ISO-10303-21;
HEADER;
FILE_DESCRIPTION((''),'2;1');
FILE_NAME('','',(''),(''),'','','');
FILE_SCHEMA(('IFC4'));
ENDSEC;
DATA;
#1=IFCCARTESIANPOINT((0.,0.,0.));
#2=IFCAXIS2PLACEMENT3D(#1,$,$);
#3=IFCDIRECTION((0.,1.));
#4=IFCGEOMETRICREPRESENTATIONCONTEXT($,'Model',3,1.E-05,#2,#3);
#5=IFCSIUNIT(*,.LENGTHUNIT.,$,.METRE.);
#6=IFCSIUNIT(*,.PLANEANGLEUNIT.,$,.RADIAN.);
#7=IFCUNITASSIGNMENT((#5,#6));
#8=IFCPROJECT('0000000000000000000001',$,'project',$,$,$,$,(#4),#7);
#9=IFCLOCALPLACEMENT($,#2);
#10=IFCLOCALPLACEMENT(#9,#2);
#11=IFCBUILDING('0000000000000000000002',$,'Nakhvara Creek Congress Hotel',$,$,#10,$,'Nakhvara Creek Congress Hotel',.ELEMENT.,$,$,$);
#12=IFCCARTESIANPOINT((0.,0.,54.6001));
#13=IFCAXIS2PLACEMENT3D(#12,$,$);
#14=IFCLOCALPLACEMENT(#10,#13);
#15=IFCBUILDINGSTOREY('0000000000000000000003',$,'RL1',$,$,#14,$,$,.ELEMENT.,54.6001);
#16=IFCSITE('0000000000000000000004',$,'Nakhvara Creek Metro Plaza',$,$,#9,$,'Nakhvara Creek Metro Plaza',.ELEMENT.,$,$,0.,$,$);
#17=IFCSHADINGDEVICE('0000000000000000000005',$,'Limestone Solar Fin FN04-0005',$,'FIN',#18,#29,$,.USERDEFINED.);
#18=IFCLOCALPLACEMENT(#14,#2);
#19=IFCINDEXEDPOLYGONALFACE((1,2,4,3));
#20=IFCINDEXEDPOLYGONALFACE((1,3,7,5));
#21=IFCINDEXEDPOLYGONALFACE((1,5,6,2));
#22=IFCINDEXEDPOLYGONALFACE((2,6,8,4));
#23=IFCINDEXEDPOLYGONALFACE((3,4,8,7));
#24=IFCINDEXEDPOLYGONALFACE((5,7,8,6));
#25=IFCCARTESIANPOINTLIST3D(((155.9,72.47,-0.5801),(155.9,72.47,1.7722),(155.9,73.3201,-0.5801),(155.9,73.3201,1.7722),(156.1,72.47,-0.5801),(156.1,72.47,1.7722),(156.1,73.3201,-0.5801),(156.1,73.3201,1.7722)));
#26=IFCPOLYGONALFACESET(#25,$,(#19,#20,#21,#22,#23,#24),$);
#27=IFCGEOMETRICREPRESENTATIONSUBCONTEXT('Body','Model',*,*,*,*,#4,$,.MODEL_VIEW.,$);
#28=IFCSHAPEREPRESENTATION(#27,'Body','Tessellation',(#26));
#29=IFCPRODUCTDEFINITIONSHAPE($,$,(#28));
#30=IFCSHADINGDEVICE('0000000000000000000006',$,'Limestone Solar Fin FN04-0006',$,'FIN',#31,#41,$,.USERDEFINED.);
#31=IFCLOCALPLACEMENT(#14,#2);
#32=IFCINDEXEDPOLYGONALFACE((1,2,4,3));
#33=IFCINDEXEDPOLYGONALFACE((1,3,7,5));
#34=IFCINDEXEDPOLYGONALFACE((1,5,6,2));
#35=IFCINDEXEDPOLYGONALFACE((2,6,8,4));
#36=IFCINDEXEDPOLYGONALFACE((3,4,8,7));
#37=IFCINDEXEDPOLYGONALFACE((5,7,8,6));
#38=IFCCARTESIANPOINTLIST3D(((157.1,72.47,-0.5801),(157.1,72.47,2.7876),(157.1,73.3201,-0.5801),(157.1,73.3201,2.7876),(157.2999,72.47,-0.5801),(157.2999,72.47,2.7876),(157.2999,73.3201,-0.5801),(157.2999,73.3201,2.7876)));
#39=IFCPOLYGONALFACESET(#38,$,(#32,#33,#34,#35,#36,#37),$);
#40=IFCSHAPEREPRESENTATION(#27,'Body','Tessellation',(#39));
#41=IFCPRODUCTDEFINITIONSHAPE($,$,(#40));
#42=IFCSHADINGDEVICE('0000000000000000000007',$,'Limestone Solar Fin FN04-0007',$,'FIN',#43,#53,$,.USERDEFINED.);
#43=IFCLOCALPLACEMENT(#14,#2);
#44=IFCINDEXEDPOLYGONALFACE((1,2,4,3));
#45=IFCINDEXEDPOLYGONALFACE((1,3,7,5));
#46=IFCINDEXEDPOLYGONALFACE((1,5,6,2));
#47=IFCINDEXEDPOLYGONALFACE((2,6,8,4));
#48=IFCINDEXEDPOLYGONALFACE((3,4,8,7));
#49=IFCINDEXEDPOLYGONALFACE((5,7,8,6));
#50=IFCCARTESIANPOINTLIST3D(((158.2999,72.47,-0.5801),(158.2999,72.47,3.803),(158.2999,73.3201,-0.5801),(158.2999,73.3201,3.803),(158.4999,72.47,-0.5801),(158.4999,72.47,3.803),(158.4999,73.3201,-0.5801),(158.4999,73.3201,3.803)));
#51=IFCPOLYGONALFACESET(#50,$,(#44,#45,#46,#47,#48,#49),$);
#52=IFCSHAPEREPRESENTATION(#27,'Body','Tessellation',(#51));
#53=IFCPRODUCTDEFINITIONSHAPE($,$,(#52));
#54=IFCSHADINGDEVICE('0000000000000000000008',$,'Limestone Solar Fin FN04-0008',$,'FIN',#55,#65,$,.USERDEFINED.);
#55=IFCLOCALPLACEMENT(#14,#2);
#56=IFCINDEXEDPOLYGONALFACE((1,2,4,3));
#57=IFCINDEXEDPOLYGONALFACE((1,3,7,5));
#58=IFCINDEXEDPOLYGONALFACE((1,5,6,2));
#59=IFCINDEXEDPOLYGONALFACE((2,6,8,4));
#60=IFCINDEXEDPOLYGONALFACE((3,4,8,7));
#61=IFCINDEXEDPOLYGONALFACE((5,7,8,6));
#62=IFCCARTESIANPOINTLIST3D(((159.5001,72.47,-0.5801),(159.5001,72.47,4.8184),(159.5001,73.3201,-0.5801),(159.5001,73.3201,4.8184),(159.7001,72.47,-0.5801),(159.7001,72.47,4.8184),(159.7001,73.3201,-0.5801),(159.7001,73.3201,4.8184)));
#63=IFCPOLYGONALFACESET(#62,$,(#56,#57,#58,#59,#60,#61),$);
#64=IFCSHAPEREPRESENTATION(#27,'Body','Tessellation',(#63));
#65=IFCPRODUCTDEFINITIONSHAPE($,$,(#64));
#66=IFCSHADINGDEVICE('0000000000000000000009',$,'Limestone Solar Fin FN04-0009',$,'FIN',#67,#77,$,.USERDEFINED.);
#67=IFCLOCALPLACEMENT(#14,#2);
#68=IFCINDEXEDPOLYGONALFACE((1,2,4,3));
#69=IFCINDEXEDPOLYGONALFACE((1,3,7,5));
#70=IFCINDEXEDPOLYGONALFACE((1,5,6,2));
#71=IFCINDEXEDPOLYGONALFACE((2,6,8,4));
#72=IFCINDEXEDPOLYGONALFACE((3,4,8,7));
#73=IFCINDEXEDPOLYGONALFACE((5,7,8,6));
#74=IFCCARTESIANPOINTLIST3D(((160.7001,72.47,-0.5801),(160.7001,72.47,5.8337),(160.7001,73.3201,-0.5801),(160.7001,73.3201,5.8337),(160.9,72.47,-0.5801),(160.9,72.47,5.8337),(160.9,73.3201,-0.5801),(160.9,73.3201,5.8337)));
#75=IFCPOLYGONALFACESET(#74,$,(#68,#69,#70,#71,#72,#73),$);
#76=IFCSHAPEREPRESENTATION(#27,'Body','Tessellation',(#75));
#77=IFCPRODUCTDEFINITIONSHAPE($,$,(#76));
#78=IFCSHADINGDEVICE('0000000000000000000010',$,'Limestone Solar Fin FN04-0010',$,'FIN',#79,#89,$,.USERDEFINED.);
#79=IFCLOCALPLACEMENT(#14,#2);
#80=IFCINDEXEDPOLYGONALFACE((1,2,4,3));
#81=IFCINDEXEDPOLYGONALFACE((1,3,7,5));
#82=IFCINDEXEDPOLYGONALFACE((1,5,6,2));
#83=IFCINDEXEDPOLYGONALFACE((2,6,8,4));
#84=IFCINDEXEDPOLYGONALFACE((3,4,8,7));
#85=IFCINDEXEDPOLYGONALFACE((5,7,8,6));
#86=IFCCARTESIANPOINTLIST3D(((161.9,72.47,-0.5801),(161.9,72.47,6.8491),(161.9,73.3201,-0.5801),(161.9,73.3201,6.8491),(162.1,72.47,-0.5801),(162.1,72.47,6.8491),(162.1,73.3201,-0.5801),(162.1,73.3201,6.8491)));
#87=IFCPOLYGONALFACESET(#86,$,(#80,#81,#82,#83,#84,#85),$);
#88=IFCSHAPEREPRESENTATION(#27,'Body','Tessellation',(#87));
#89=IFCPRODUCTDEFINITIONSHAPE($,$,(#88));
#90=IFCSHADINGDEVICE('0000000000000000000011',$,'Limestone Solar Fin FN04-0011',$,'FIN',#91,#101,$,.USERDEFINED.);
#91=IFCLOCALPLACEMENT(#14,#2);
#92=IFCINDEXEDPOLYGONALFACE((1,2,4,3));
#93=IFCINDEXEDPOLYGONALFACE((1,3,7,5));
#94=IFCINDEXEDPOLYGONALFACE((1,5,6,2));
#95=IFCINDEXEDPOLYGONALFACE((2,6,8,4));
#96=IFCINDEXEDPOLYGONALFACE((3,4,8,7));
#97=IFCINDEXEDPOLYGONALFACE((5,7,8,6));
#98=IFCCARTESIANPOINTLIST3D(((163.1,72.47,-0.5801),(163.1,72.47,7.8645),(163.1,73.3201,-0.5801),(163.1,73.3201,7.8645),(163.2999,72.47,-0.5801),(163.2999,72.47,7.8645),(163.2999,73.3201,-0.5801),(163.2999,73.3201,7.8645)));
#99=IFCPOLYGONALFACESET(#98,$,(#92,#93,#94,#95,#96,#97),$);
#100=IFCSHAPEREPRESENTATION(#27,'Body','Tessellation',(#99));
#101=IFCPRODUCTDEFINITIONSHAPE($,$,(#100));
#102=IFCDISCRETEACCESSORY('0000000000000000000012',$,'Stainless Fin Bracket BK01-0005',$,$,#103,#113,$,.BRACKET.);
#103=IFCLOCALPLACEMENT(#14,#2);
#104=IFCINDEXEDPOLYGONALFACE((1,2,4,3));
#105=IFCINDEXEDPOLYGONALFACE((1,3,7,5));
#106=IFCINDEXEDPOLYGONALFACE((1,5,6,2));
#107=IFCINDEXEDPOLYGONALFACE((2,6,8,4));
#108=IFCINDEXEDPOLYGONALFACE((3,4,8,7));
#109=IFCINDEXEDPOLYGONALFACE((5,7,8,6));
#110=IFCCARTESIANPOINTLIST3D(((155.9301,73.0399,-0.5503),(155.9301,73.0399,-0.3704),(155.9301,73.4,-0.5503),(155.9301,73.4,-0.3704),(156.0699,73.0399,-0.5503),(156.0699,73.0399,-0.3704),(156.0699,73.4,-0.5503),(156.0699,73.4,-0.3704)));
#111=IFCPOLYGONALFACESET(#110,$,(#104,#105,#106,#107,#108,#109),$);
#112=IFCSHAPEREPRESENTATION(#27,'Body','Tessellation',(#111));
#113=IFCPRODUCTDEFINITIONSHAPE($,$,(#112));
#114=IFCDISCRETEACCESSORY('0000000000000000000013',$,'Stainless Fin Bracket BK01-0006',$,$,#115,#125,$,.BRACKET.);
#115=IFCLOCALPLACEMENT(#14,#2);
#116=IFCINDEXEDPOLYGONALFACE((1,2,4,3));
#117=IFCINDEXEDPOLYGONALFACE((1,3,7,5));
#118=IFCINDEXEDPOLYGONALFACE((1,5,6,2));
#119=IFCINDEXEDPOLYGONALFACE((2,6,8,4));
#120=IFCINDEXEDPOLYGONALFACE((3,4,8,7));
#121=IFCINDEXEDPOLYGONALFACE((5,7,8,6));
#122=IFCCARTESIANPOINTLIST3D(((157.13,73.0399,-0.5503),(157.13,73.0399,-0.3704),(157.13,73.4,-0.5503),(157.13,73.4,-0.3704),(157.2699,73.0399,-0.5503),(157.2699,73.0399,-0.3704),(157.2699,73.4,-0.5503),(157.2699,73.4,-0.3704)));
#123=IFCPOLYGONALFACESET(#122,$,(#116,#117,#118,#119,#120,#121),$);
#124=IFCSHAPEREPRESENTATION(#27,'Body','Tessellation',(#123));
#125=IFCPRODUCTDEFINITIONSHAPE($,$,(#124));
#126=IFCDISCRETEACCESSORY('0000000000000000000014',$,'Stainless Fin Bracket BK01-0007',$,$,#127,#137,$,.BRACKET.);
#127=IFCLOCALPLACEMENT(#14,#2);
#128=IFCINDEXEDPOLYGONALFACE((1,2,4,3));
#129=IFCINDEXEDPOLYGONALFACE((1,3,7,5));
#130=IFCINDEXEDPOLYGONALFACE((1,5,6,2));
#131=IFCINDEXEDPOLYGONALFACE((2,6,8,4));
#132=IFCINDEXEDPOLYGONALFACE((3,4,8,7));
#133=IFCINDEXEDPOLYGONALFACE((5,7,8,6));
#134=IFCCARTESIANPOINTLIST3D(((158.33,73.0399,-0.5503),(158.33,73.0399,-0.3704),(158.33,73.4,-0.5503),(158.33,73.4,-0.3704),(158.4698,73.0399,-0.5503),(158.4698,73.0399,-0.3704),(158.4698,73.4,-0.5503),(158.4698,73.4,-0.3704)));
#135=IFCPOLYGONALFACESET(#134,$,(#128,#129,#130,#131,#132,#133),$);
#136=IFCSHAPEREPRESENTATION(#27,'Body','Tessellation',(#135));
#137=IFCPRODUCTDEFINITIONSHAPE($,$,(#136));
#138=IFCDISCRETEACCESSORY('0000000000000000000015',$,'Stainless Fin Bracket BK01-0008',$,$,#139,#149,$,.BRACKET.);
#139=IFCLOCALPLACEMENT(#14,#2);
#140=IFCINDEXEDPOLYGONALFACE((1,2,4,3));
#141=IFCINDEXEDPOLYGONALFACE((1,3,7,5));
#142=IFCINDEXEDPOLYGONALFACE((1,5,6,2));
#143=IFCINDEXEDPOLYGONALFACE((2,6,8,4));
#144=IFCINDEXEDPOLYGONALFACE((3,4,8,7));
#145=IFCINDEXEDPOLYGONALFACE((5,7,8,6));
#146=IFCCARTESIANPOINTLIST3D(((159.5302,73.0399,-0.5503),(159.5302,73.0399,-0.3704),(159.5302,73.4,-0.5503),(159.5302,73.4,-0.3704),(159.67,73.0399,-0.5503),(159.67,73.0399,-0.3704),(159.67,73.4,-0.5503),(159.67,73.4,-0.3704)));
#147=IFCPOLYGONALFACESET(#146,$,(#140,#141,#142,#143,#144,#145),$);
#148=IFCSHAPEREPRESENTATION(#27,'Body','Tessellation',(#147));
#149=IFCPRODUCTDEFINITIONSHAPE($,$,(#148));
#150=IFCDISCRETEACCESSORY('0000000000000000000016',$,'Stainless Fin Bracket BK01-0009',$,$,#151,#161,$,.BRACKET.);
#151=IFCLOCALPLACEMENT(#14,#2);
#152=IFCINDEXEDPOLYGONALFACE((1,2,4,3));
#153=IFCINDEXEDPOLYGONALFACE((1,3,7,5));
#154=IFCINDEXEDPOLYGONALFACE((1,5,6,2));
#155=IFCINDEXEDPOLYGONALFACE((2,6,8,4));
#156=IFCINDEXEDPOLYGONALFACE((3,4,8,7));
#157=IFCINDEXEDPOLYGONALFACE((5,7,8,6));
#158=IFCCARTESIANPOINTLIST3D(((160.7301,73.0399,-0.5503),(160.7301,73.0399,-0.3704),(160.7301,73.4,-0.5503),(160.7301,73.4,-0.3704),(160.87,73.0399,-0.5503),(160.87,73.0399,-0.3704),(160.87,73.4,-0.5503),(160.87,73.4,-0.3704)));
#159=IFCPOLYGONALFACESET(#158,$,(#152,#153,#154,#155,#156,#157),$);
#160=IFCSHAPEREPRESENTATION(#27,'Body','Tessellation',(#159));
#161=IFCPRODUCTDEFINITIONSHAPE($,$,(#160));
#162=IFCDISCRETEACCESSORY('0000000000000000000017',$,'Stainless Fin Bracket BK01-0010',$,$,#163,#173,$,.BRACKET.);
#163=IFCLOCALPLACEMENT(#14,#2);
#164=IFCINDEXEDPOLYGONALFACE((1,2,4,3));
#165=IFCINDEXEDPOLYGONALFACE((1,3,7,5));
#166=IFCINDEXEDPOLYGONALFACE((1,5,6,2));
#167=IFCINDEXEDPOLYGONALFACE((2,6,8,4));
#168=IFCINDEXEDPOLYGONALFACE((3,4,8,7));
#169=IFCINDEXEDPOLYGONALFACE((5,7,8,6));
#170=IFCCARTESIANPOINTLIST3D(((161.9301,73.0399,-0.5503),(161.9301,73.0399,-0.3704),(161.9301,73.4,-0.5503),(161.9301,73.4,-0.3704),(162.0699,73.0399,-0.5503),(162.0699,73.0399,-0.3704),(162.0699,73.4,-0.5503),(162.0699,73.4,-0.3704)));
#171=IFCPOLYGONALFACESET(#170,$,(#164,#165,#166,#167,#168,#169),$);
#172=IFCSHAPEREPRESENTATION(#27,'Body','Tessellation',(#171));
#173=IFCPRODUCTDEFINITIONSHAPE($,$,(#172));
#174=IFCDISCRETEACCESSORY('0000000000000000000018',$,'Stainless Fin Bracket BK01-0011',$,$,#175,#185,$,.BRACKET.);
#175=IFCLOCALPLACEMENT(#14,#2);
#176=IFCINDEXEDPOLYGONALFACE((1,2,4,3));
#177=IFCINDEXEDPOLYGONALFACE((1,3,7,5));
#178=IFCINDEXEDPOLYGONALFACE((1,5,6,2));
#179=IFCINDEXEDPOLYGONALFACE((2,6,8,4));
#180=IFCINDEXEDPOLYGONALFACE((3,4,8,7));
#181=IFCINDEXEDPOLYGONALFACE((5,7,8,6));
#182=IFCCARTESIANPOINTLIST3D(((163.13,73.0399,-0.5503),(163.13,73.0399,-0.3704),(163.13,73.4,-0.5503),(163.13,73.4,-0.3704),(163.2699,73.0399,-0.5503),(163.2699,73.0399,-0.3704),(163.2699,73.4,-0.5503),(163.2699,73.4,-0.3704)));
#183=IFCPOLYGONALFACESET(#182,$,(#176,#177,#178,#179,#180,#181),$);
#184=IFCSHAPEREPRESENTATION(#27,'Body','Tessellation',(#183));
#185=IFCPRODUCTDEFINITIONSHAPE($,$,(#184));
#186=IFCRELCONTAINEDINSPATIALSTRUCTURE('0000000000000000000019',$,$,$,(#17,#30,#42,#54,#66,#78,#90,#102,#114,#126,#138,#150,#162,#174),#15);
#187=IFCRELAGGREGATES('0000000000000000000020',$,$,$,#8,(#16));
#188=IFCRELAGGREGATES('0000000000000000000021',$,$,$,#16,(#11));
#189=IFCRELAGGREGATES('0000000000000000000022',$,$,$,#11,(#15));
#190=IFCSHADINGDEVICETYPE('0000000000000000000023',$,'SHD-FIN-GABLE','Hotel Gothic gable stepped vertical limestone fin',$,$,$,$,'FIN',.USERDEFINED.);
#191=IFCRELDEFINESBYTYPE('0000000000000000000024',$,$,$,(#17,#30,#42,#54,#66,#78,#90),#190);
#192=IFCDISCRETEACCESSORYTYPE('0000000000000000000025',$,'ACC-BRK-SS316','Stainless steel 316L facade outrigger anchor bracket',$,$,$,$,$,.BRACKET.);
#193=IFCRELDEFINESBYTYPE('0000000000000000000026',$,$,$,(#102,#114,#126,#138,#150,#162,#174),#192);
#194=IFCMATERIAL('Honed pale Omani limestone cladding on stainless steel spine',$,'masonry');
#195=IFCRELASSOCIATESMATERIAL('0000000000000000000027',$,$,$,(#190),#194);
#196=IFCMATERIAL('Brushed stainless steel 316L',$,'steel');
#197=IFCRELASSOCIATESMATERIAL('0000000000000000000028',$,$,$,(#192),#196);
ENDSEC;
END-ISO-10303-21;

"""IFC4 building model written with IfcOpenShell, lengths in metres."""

from ifc_helpers import new_model, si_unit, direction, frame, origin, origin_2d, place, context, subcontext, project, spatial, rectangle, extrude, material, type_object, element, save


model = new_model("IFC4")

# Units and contexts
model_context = context("Model", 3, precision=1e-05, world=origin(), true_north=direction((0.0, 1.0)))
body_context = subcontext(model_context, "Body", "Model", "MODEL_VIEW")
ifc_project = project(units=[si_unit("LENGTHUNIT", "METRE"), si_unit("PLANEANGLEUNIT", "RADIAN")], contexts=[model_context])

# Site, building, storey
site_placement = place(None, origin())
site = spatial("IfcSite", under=ifc_project, at=site_placement, Name="Nakhvara Creek Metro Plaza", LongName="Nakhvara Creek Metro Plaza", CompositionType="ELEMENT", RefElevation=0.0)
building_placement = place(site_placement, origin())
building = spatial("IfcBuilding", under=site, at=building_placement, Name="Nakhvara Creek Congress Hotel", LongName="Nakhvara Creek Congress Hotel", CompositionType="ELEMENT")
storey_placement = place(building_placement, frame((0.0, 0.0, 54.6001)))
storey = spatial("IfcBuildingStorey", under=building, at=storey_placement, Name="RL1", CompositionType="ELEMENT", Elevation=54.6001)

# Shading devices
ifc_material_1 = material(Name="Honed pale Omani limestone cladding on stainless steel spine", Category="masonry")
shading_device_type = type_object("IfcShadingDeviceType", Name="SHD-FIN-GABLE", Description="Hotel Gothic gable stepped vertical limestone fin", ElementType="FIN", PredefinedType="USERDEFINED", material=ifc_material_1)
shading_device_1_placement = place(storey_placement, frame((156.0, 72.895, -0.5801), z_axis=(0.0, 0.0, 1.0), x_axis=(1.0, 0.0, 0.0)))
element("IfcShadingDevice", 1, at=shading_device_1_placement, inside=storey, type_object=shading_device_type, Name="Limestone Solar Fin FN04-0005", ObjectType="FIN", PredefinedType="USERDEFINED", context=body_context, shape_type="SweptSolid", body=[
    extrude(rectangle(XDim=0.2, YDim=0.8501, at=origin_2d()), origin(), (0.0, 0.0, 1.0), 2.3523),
])
shading_device_2_placement = place(storey_placement, frame((157.2, 72.895, -0.5801), z_axis=(0.0, 0.0, 1.0), x_axis=(1.0, 0.0, 0.0)))
element("IfcShadingDevice", 2, at=shading_device_2_placement, inside=storey, type_object=shading_device_type, Name="Limestone Solar Fin FN04-0006", ObjectType="FIN", PredefinedType="USERDEFINED", context=body_context, shape_type="SweptSolid", body=[
    extrude(rectangle(XDim=0.2, YDim=0.8501, at=origin_2d()), origin(), (0.0, 0.0, 1.0), 3.3677),
])
shading_device_3_placement = place(storey_placement, frame((158.3999, 72.895, -0.5801), z_axis=(0.0, 0.0, 1.0), x_axis=(1.0, 0.0, 0.0)))
element("IfcShadingDevice", 3, at=shading_device_3_placement, inside=storey, type_object=shading_device_type, Name="Limestone Solar Fin FN04-0007", ObjectType="FIN", PredefinedType="USERDEFINED", context=body_context, shape_type="SweptSolid", body=[
    extrude(rectangle(XDim=0.2, YDim=0.8501, at=origin_2d()), origin(), (0.0, 0.0, 1.0), 4.3831),
])
shading_device_4_placement = place(storey_placement, frame((159.6001, 72.895, -0.5801), z_axis=(0.0, 0.0, 1.0), x_axis=(1.0, 0.0, 0.0)))
element("IfcShadingDevice", 4, at=shading_device_4_placement, inside=storey, type_object=shading_device_type, Name="Limestone Solar Fin FN04-0008", ObjectType="FIN", PredefinedType="USERDEFINED", context=body_context, shape_type="SweptSolid", body=[
    extrude(rectangle(XDim=0.2, YDim=0.8501, at=origin_2d()), origin(), (0.0, 0.0, 1.0), 5.3984),
])
shading_device_5_placement = place(storey_placement, frame((160.8, 72.895, -0.5801), z_axis=(0.0, 0.0, 1.0), x_axis=(1.0, 0.0, 0.0)))
element("IfcShadingDevice", 5, at=shading_device_5_placement, inside=storey, type_object=shading_device_type, Name="Limestone Solar Fin FN04-0009", ObjectType="FIN", PredefinedType="USERDEFINED", context=body_context, shape_type="SweptSolid", body=[
    extrude(rectangle(XDim=0.2, YDim=0.8501, at=origin_2d()), origin(), (0.0, 0.0, 1.0), 6.4138),
])
shading_device_6_placement = place(storey_placement, frame((162.0, 72.895, -0.5801), z_axis=(0.0, 0.0, 1.0), x_axis=(1.0, 0.0, 0.0)))
element("IfcShadingDevice", 6, at=shading_device_6_placement, inside=storey, type_object=shading_device_type, Name="Limestone Solar Fin FN04-0010", ObjectType="FIN", PredefinedType="USERDEFINED", context=body_context, shape_type="SweptSolid", body=[
    extrude(rectangle(XDim=0.2, YDim=0.8501, at=origin_2d()), origin(), (0.0, 0.0, 1.0), 7.4292),
])
shading_device_7_placement = place(storey_placement, frame((163.2, 72.895, -0.5801), z_axis=(0.0, 0.0, 1.0), x_axis=(1.0, 0.0, 0.0)))
element("IfcShadingDevice", 7, at=shading_device_7_placement, inside=storey, type_object=shading_device_type, Name="Limestone Solar Fin FN04-0011", ObjectType="FIN", PredefinedType="USERDEFINED", context=body_context, shape_type="SweptSolid", body=[
    extrude(rectangle(XDim=0.2, YDim=0.8501, at=origin_2d()), origin(), (0.0, 0.0, 1.0), 8.4446),
])

# Discrete accessories
ifc_material_2 = material(Name="Brushed stainless steel 316L", Category="steel")
discrete_accessory_type = type_object("IfcDiscreteAccessoryType", Name="ACC-BRK-SS316", Description="Stainless steel 316L facade outrigger anchor bracket", PredefinedType="BRACKET", material=ifc_material_2)
for number, where, z_axis, x_axis, name in (
    (8, (156.0, 73.22, -0.5503), (0.0, 0.0, 1.0), (1.0, 0.0, 0.0), "Stainless Fin Bracket BK01-0005"),
    (9, (157.2, 73.22, -0.5503), (0.0, 0.0, 1.0), (1.0, 0.0, 0.0), "Stainless Fin Bracket BK01-0006"),
    (10, (158.3999, 73.22, -0.5503), (0.0, 0.0, 1.0), (1.0, 0.0, 0.0), "Stainless Fin Bracket BK01-0007"),
    (11, (159.6001, 73.22, -0.5503), (0.0, 0.0, 1.0), (1.0, 0.0, 0.0), "Stainless Fin Bracket BK01-0008"),
    (12, (160.8, 73.22, -0.5503), (0.0, 0.0, 1.0), (1.0, 0.0, 0.0), "Stainless Fin Bracket BK01-0009"),
    (13, (162.0, 73.22, -0.5503), (0.0, 0.0, 1.0), (1.0, 0.0, 0.0), "Stainless Fin Bracket BK01-0010"),
    (14, (163.2, 73.22, -0.5503), (0.0, 0.0, 1.0), (1.0, 0.0, 0.0), "Stainless Fin Bracket BK01-0011"),
):
    element("IfcDiscreteAccessory", number, at=place(storey_placement, frame(where, z_axis=z_axis, x_axis=x_axis)), inside=storey, type_object=discrete_accessory_type, Name=name, PredefinedType="BRACKET", context=body_context, shape_type="SweptSolid", body=[
        extrude(rectangle(XDim=0.1399, YDim=0.3601, at=origin_2d()), origin(), (0.0, 0.0, 1.0), 0.1799),
    ])

save(model, "model.ifc")
